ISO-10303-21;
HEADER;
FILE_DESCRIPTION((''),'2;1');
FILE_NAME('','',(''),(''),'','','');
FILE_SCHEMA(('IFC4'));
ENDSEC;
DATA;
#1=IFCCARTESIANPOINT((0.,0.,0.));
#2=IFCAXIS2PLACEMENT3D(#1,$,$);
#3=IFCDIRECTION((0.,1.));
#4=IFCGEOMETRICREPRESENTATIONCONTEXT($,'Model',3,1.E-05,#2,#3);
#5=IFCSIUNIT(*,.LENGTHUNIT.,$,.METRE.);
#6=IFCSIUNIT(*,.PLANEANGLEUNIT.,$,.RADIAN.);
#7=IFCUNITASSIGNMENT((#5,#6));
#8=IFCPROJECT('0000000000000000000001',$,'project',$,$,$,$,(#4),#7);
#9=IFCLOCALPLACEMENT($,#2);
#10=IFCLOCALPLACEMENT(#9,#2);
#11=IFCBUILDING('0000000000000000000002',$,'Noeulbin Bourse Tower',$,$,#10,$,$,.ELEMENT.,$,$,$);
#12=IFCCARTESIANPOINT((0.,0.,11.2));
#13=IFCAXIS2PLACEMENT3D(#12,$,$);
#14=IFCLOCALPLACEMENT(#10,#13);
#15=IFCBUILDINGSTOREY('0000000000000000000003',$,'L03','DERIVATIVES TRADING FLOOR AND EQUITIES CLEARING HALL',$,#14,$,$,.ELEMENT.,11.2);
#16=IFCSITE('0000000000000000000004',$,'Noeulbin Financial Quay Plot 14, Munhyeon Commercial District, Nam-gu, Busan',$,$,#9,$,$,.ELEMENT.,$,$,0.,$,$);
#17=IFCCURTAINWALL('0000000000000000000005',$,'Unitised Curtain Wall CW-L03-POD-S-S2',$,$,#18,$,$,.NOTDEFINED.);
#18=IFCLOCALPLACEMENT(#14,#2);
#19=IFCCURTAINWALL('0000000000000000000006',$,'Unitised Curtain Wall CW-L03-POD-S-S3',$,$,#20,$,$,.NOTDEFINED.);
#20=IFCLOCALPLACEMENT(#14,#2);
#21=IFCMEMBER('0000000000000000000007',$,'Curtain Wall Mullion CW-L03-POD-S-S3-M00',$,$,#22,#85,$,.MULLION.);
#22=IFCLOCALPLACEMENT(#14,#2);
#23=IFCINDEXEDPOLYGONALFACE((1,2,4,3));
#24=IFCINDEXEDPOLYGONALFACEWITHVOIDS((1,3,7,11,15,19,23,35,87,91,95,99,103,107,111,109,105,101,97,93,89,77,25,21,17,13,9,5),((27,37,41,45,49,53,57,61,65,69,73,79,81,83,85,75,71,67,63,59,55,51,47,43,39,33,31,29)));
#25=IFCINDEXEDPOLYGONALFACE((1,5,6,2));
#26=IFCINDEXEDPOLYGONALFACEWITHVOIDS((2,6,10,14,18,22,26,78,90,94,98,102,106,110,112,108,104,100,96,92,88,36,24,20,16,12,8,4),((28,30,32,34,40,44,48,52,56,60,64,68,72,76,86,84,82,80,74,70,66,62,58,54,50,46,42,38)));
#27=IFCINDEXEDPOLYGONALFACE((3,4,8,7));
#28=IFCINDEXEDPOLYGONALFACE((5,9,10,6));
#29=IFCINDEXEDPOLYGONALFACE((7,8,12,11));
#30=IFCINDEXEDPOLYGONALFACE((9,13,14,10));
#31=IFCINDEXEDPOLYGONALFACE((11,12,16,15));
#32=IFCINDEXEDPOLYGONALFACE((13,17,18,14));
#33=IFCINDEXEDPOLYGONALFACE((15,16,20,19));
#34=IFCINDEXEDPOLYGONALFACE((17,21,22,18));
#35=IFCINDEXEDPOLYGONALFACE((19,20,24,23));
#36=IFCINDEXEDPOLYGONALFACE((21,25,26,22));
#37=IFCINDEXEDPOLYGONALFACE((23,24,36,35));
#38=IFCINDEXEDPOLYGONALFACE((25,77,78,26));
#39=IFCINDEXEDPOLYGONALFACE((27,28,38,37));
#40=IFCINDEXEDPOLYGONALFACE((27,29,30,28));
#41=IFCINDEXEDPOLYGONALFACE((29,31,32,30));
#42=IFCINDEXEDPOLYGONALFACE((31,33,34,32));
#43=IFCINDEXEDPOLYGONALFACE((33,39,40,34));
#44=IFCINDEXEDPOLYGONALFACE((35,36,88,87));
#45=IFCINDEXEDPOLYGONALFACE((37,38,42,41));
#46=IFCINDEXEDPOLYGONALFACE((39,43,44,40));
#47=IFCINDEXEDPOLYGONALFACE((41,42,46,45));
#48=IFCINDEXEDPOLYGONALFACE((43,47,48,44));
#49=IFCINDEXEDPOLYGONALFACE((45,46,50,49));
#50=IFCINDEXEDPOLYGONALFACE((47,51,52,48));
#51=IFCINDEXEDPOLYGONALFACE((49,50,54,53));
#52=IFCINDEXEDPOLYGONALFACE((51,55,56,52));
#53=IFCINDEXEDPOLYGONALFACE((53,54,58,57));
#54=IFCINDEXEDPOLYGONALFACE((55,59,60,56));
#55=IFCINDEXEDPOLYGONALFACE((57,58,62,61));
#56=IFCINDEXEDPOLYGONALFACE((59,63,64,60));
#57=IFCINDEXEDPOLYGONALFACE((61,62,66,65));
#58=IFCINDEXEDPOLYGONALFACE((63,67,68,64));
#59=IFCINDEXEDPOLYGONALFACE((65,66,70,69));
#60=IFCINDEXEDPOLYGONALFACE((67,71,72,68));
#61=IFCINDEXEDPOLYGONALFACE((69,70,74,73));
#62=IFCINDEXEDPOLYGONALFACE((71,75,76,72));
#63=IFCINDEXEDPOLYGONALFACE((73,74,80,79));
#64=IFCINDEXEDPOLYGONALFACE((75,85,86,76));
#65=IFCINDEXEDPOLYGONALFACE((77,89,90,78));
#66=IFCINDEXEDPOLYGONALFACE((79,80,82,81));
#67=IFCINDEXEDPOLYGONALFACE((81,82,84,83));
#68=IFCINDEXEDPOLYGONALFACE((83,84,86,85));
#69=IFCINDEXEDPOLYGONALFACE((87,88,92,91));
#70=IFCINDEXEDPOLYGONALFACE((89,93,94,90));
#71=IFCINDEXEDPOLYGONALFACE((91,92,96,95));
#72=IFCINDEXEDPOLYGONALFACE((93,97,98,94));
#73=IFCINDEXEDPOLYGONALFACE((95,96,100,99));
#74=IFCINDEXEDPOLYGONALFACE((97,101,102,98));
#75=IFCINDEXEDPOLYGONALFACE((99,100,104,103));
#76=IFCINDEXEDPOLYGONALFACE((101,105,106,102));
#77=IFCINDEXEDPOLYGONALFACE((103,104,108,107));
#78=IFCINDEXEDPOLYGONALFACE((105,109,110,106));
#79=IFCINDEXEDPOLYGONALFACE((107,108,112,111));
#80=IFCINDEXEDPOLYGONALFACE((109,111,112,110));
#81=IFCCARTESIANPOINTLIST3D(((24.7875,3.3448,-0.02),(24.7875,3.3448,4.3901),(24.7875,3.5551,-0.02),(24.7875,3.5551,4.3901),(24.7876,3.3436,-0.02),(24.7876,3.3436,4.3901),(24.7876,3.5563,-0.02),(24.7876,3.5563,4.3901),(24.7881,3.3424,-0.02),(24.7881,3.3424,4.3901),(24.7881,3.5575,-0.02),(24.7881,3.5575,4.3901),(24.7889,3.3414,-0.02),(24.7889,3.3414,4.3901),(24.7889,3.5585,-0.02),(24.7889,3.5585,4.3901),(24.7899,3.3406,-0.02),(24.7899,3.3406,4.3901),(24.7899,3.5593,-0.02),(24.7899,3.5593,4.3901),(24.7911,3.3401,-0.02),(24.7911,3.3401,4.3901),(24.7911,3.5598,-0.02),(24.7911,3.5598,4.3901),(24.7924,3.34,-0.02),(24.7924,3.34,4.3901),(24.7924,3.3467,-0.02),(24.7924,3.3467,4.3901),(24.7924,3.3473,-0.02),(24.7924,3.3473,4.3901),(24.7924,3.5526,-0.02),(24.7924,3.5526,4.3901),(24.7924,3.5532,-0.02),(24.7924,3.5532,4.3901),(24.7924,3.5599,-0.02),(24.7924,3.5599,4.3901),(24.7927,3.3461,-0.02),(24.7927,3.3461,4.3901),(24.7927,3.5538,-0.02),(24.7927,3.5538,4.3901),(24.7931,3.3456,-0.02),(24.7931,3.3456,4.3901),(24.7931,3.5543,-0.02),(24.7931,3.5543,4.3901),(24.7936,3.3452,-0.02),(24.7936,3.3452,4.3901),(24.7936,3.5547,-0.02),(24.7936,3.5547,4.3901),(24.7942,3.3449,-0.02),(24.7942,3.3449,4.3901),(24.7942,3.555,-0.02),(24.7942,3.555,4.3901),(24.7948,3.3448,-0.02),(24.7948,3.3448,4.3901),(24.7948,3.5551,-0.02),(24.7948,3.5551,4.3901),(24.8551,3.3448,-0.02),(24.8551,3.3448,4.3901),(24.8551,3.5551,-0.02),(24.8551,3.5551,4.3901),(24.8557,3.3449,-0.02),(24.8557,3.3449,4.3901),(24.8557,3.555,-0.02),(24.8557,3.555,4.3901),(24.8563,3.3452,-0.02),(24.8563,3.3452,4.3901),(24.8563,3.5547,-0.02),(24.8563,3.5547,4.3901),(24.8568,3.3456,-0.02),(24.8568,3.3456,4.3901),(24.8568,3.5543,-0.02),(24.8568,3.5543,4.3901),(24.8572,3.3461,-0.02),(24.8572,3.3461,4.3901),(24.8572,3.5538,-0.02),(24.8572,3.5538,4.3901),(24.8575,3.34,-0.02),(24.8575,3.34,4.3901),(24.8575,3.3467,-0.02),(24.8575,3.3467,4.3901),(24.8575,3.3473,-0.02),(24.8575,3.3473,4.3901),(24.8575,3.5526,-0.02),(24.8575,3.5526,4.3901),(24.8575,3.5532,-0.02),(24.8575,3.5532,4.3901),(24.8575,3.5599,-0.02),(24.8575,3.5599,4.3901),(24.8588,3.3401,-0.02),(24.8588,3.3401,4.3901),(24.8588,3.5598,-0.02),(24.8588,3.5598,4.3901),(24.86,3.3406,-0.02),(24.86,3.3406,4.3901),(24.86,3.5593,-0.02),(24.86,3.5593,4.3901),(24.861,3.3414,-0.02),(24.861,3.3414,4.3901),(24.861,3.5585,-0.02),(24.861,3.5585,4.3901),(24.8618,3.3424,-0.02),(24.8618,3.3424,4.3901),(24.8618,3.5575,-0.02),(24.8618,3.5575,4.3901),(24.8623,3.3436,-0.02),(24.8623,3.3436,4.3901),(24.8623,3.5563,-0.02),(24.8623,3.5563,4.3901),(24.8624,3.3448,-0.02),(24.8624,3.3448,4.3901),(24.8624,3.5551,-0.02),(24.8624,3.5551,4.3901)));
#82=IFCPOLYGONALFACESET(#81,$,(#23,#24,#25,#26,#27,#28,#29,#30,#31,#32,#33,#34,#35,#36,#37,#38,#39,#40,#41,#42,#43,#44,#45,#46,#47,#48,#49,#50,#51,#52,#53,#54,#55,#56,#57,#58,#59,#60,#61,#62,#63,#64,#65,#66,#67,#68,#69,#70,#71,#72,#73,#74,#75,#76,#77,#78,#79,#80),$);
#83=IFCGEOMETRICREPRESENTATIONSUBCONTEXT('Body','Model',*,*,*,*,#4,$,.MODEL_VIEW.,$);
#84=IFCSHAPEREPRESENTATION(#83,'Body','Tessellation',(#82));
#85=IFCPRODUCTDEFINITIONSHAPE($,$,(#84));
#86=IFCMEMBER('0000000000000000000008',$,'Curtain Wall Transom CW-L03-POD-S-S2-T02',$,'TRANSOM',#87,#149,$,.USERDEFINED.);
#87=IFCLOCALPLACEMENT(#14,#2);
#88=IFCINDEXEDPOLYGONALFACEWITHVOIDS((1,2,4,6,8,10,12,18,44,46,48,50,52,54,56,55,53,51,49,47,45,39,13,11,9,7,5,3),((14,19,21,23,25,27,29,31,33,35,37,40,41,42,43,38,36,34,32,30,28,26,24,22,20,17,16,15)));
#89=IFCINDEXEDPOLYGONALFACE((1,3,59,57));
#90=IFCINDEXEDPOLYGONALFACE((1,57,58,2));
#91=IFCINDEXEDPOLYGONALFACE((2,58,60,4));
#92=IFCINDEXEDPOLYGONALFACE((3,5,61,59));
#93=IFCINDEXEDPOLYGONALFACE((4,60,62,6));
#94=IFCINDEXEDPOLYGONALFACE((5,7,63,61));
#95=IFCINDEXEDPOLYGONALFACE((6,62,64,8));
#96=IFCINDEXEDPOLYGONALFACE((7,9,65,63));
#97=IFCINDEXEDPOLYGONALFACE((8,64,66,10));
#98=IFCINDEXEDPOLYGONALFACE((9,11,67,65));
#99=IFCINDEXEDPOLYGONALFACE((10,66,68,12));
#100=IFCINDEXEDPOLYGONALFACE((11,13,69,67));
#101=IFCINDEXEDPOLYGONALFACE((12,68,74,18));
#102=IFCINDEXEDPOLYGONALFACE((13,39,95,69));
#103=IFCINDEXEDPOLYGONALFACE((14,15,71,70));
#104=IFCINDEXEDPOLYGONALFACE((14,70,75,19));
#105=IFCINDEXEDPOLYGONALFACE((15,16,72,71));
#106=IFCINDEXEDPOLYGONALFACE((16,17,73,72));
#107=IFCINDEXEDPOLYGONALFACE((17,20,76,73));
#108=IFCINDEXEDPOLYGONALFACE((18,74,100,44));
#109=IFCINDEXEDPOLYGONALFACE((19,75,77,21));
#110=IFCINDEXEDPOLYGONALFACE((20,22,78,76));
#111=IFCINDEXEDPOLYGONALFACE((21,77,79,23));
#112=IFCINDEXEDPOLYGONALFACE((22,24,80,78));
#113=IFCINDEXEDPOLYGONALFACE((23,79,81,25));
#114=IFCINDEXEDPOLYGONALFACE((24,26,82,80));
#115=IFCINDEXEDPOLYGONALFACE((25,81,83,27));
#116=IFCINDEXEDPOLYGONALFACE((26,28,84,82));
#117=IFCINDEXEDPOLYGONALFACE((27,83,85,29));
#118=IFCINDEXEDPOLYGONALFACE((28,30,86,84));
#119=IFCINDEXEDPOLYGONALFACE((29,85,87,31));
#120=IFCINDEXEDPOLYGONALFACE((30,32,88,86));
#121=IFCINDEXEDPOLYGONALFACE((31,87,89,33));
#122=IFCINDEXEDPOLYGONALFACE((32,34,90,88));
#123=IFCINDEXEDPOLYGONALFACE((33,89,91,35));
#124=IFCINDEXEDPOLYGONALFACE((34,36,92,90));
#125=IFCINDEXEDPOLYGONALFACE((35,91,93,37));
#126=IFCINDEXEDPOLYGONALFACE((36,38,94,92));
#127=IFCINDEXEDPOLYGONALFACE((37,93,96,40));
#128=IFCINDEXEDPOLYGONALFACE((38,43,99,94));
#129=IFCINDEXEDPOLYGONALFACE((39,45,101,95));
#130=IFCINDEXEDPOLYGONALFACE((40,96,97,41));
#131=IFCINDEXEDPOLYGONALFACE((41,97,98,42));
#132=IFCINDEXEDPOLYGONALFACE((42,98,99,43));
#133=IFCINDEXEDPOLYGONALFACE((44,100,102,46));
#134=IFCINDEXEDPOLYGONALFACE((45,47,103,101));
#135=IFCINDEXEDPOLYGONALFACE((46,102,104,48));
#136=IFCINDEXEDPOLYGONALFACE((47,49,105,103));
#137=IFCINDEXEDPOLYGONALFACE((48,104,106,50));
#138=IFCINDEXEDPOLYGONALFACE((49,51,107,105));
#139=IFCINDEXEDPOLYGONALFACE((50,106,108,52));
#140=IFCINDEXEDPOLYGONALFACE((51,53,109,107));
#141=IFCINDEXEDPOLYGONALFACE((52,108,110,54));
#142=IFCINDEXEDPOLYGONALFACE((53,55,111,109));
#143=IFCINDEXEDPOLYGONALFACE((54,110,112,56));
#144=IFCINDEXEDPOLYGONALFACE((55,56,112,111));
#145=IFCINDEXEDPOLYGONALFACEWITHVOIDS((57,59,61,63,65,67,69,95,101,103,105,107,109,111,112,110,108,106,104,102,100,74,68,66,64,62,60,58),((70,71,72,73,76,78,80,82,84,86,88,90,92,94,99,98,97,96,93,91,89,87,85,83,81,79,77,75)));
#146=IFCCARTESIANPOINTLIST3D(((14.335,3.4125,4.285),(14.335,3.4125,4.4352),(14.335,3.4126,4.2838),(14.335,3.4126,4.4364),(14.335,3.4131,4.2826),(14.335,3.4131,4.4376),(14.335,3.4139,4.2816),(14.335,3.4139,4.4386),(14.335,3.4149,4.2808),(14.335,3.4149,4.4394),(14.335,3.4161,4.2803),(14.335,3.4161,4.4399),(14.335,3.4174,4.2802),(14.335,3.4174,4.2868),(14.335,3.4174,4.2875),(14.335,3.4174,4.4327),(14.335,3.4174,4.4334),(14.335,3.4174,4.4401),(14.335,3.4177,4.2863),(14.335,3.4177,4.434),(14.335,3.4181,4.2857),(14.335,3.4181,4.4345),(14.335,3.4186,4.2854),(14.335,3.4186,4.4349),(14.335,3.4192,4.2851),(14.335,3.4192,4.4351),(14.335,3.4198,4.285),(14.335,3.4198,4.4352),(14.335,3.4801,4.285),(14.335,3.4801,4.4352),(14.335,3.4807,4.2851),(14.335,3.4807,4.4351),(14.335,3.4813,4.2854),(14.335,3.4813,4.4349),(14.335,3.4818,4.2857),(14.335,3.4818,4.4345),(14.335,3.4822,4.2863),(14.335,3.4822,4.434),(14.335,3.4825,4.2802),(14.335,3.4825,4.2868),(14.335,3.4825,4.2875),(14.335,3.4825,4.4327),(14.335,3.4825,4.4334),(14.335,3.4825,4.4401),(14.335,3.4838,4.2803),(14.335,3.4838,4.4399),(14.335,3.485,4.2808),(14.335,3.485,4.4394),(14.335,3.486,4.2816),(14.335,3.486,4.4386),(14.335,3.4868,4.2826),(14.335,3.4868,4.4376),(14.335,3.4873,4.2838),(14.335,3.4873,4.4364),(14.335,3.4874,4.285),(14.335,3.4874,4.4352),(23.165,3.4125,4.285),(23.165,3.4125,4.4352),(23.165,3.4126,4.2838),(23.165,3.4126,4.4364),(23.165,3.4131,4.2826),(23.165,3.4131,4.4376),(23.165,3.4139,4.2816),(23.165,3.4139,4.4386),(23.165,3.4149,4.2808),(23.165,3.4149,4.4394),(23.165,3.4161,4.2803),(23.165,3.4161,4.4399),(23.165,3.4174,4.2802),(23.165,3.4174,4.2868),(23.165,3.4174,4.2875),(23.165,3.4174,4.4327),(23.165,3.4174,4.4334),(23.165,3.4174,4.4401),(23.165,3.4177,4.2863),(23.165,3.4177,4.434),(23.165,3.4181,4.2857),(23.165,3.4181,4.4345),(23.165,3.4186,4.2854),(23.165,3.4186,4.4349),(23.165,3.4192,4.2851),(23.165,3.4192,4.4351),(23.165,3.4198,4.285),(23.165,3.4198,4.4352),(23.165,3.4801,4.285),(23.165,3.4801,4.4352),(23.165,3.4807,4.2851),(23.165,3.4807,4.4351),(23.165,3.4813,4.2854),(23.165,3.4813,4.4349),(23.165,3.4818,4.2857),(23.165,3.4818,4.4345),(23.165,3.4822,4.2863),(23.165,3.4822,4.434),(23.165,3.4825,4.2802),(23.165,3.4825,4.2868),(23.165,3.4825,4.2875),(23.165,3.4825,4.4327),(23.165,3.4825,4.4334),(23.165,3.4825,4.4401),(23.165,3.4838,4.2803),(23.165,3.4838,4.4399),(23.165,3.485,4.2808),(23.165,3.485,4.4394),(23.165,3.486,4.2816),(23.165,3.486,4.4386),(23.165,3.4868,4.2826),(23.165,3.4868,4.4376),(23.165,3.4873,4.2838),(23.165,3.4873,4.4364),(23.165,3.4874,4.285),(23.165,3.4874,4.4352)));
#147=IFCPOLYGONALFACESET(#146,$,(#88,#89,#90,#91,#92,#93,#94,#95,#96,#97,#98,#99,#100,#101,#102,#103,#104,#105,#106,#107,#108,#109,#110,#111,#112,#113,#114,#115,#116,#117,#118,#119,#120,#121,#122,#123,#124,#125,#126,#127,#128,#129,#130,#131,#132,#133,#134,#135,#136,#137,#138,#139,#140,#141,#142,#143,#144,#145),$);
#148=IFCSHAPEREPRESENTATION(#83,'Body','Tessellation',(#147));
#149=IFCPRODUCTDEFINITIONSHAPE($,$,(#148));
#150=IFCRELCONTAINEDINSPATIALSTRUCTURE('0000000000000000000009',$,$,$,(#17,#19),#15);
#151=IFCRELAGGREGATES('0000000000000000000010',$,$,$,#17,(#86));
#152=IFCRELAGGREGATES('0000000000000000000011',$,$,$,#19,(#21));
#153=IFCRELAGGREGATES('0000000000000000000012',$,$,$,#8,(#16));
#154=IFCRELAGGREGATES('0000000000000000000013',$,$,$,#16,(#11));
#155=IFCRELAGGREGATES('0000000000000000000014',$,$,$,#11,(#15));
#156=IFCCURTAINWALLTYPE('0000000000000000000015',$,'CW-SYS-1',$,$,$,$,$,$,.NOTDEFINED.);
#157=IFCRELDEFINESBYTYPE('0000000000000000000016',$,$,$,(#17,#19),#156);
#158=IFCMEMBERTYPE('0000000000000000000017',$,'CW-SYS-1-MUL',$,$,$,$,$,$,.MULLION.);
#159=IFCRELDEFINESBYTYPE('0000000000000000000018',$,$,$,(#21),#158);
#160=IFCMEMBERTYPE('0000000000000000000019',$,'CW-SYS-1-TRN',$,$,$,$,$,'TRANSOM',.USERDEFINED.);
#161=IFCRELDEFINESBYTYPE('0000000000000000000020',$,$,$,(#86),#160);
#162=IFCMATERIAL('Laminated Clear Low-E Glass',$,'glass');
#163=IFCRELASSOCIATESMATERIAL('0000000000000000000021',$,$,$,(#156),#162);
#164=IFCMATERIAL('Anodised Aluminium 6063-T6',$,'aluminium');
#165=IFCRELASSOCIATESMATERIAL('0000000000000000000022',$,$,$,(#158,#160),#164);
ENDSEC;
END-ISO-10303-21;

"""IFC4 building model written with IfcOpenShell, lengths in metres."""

from ifc_helpers import new_model, si_unit, direction, frame, origin, origin_2d, place, context, subcontext, project, spatial, hollow_rectangle, extrude, material, material_profile, profile_set, type_object, element, aggregate, save


model = new_model("IFC4")

# Units and contexts
model_context = context("Model", 3, precision=1e-05, world=origin(), true_north=direction((0.0, 1.0)))
body_context = subcontext(model_context, "Body", "Model", "MODEL_VIEW")
ifc_project = project(units=[si_unit("LENGTHUNIT", "METRE"), si_unit("PLANEANGLEUNIT", "RADIAN")], contexts=[model_context])

# Site, building, storey
site_placement = place(None, origin())
site = spatial("IfcSite", under=ifc_project, at=site_placement, Name="Noeulbin Financial Quay Plot 14, Munhyeon Commercial District, Nam-gu, Busan", CompositionType="ELEMENT", RefElevation=0.0)
building_placement = place(site_placement, origin())
building = spatial("IfcBuilding", under=site, at=building_placement, Name="Noeulbin Bourse Tower", CompositionType="ELEMENT")
storey_placement = place(building_placement, frame((0.0, 0.0, 11.2)))
storey = spatial("IfcBuildingStorey", under=building, at=storey_placement, Name="L03", Description="DERIVATIVES TRADING FLOOR AND EQUITIES CLEARING HALL", CompositionType="ELEMENT", Elevation=11.2)

# Curtain wall
ifc_material_1 = material(Name="Laminated Clear Low-E Glass", Category="glass")
curtain_wall_type = type_object("IfcCurtainWallType", Name="CW-SYS-1", PredefinedType="NOTDEFINED", material=ifc_material_1)
curtain_wall_1_placement = place(storey_placement, origin())
curtain_wall_1 = element("IfcCurtainWall", 1, at=curtain_wall_1_placement, inside=storey, type_object=curtain_wall_type, Name="Unitised Curtain Wall CW-L03-POD-S-S2", PredefinedType="NOTDEFINED")
ifc_material_2 = material(Name="Anodised Aluminium 6063-T6", Category="aluminium")
ifc_material_profile_1 = material_profile(ifc_material_2, hollow_rectangle(XDim=0.075, YDim=0.22, WallThickness=0.0049, InnerFilletRadius=0.0024, OuterFilletRadius=0.0049, at=origin_2d()), Name="ALU-MULL-75x220x5", Category="LoadBearing")
ifc_profile_set_1 = profile_set([ifc_material_profile_1], Name="Anodised Aluminium 6063-T6")
member_type_1 = type_object("IfcMemberType", Name="CW-SYS-1-MUL", PredefinedType="MULLION", material=ifc_profile_set_1)

# Curtain wall, member
curtain_wall_2_placement = place(storey_placement, origin())
curtain_wall_2 = element("IfcCurtainWall", 2, at=curtain_wall_2_placement, inside=storey, type_object=curtain_wall_type, Name="Unitised Curtain Wall CW-L03-POD-S-S3", PredefinedType="NOTDEFINED")
member_1_placement = place(storey_placement, frame((24.825, 3.45, -0.02), z_axis=(0.0, 0.0, 1.0), x_axis=(1.0, 0.0, 0.0)))
member_1 = element("IfcMember", 3, at=member_1_placement, type_object=member_type_1, Name="Curtain Wall Mullion CW-L03-POD-S-S3-M00", PredefinedType="MULLION", context=body_context, shape_type="SweptSolid", body=[
    extrude(hollow_rectangle(XDim=0.075, YDim=0.22, WallThickness=0.0049, InnerFilletRadius=0.0024, OuterFilletRadius=0.0049, at=origin_2d()), origin(), (0.0, 0.0, 1.0), 4.4102),
])

# Member
ifc_material_profile_2 = material_profile(ifc_material_2, hollow_rectangle(XDim=0.075, YDim=0.1599, WallThickness=0.0049, InnerFilletRadius=0.0024, OuterFilletRadius=0.0049, at=origin_2d()), Name="ALU-TRAN-75x160x5", Category="LoadBearing")
ifc_profile_set_2 = profile_set([ifc_material_profile_2], Name="Anodised Aluminium 6063-T6")
member_type_2 = type_object("IfcMemberType", Name="CW-SYS-1-TRN", ElementType="TRANSOM", PredefinedType="USERDEFINED", material=ifc_profile_set_2)
member_2_placement = place(storey_placement, frame((14.335, 3.45, 4.3601), z_axis=(1.0, 0.0, 0.0), x_axis=(0.0, 1.0, 0.0)))
member_2 = element("IfcMember", 4, at=member_2_placement, type_object=member_type_2, Name="Curtain Wall Transom CW-L03-POD-S-S2-T02", ObjectType="TRANSOM", PredefinedType="USERDEFINED", context=body_context, shape_type="SweptSolid", body=[
    extrude(hollow_rectangle(XDim=0.075, YDim=0.1599, WallThickness=0.0049, InnerFilletRadius=0.0024, OuterFilletRadius=0.0049, at=origin_2d()), origin(), (0.0, 0.0, 1.0), 8.8301),
])

aggregate(curtain_wall_1, [member_2])
aggregate(curtain_wall_2, [member_1])

save(model, "model.ifc")
